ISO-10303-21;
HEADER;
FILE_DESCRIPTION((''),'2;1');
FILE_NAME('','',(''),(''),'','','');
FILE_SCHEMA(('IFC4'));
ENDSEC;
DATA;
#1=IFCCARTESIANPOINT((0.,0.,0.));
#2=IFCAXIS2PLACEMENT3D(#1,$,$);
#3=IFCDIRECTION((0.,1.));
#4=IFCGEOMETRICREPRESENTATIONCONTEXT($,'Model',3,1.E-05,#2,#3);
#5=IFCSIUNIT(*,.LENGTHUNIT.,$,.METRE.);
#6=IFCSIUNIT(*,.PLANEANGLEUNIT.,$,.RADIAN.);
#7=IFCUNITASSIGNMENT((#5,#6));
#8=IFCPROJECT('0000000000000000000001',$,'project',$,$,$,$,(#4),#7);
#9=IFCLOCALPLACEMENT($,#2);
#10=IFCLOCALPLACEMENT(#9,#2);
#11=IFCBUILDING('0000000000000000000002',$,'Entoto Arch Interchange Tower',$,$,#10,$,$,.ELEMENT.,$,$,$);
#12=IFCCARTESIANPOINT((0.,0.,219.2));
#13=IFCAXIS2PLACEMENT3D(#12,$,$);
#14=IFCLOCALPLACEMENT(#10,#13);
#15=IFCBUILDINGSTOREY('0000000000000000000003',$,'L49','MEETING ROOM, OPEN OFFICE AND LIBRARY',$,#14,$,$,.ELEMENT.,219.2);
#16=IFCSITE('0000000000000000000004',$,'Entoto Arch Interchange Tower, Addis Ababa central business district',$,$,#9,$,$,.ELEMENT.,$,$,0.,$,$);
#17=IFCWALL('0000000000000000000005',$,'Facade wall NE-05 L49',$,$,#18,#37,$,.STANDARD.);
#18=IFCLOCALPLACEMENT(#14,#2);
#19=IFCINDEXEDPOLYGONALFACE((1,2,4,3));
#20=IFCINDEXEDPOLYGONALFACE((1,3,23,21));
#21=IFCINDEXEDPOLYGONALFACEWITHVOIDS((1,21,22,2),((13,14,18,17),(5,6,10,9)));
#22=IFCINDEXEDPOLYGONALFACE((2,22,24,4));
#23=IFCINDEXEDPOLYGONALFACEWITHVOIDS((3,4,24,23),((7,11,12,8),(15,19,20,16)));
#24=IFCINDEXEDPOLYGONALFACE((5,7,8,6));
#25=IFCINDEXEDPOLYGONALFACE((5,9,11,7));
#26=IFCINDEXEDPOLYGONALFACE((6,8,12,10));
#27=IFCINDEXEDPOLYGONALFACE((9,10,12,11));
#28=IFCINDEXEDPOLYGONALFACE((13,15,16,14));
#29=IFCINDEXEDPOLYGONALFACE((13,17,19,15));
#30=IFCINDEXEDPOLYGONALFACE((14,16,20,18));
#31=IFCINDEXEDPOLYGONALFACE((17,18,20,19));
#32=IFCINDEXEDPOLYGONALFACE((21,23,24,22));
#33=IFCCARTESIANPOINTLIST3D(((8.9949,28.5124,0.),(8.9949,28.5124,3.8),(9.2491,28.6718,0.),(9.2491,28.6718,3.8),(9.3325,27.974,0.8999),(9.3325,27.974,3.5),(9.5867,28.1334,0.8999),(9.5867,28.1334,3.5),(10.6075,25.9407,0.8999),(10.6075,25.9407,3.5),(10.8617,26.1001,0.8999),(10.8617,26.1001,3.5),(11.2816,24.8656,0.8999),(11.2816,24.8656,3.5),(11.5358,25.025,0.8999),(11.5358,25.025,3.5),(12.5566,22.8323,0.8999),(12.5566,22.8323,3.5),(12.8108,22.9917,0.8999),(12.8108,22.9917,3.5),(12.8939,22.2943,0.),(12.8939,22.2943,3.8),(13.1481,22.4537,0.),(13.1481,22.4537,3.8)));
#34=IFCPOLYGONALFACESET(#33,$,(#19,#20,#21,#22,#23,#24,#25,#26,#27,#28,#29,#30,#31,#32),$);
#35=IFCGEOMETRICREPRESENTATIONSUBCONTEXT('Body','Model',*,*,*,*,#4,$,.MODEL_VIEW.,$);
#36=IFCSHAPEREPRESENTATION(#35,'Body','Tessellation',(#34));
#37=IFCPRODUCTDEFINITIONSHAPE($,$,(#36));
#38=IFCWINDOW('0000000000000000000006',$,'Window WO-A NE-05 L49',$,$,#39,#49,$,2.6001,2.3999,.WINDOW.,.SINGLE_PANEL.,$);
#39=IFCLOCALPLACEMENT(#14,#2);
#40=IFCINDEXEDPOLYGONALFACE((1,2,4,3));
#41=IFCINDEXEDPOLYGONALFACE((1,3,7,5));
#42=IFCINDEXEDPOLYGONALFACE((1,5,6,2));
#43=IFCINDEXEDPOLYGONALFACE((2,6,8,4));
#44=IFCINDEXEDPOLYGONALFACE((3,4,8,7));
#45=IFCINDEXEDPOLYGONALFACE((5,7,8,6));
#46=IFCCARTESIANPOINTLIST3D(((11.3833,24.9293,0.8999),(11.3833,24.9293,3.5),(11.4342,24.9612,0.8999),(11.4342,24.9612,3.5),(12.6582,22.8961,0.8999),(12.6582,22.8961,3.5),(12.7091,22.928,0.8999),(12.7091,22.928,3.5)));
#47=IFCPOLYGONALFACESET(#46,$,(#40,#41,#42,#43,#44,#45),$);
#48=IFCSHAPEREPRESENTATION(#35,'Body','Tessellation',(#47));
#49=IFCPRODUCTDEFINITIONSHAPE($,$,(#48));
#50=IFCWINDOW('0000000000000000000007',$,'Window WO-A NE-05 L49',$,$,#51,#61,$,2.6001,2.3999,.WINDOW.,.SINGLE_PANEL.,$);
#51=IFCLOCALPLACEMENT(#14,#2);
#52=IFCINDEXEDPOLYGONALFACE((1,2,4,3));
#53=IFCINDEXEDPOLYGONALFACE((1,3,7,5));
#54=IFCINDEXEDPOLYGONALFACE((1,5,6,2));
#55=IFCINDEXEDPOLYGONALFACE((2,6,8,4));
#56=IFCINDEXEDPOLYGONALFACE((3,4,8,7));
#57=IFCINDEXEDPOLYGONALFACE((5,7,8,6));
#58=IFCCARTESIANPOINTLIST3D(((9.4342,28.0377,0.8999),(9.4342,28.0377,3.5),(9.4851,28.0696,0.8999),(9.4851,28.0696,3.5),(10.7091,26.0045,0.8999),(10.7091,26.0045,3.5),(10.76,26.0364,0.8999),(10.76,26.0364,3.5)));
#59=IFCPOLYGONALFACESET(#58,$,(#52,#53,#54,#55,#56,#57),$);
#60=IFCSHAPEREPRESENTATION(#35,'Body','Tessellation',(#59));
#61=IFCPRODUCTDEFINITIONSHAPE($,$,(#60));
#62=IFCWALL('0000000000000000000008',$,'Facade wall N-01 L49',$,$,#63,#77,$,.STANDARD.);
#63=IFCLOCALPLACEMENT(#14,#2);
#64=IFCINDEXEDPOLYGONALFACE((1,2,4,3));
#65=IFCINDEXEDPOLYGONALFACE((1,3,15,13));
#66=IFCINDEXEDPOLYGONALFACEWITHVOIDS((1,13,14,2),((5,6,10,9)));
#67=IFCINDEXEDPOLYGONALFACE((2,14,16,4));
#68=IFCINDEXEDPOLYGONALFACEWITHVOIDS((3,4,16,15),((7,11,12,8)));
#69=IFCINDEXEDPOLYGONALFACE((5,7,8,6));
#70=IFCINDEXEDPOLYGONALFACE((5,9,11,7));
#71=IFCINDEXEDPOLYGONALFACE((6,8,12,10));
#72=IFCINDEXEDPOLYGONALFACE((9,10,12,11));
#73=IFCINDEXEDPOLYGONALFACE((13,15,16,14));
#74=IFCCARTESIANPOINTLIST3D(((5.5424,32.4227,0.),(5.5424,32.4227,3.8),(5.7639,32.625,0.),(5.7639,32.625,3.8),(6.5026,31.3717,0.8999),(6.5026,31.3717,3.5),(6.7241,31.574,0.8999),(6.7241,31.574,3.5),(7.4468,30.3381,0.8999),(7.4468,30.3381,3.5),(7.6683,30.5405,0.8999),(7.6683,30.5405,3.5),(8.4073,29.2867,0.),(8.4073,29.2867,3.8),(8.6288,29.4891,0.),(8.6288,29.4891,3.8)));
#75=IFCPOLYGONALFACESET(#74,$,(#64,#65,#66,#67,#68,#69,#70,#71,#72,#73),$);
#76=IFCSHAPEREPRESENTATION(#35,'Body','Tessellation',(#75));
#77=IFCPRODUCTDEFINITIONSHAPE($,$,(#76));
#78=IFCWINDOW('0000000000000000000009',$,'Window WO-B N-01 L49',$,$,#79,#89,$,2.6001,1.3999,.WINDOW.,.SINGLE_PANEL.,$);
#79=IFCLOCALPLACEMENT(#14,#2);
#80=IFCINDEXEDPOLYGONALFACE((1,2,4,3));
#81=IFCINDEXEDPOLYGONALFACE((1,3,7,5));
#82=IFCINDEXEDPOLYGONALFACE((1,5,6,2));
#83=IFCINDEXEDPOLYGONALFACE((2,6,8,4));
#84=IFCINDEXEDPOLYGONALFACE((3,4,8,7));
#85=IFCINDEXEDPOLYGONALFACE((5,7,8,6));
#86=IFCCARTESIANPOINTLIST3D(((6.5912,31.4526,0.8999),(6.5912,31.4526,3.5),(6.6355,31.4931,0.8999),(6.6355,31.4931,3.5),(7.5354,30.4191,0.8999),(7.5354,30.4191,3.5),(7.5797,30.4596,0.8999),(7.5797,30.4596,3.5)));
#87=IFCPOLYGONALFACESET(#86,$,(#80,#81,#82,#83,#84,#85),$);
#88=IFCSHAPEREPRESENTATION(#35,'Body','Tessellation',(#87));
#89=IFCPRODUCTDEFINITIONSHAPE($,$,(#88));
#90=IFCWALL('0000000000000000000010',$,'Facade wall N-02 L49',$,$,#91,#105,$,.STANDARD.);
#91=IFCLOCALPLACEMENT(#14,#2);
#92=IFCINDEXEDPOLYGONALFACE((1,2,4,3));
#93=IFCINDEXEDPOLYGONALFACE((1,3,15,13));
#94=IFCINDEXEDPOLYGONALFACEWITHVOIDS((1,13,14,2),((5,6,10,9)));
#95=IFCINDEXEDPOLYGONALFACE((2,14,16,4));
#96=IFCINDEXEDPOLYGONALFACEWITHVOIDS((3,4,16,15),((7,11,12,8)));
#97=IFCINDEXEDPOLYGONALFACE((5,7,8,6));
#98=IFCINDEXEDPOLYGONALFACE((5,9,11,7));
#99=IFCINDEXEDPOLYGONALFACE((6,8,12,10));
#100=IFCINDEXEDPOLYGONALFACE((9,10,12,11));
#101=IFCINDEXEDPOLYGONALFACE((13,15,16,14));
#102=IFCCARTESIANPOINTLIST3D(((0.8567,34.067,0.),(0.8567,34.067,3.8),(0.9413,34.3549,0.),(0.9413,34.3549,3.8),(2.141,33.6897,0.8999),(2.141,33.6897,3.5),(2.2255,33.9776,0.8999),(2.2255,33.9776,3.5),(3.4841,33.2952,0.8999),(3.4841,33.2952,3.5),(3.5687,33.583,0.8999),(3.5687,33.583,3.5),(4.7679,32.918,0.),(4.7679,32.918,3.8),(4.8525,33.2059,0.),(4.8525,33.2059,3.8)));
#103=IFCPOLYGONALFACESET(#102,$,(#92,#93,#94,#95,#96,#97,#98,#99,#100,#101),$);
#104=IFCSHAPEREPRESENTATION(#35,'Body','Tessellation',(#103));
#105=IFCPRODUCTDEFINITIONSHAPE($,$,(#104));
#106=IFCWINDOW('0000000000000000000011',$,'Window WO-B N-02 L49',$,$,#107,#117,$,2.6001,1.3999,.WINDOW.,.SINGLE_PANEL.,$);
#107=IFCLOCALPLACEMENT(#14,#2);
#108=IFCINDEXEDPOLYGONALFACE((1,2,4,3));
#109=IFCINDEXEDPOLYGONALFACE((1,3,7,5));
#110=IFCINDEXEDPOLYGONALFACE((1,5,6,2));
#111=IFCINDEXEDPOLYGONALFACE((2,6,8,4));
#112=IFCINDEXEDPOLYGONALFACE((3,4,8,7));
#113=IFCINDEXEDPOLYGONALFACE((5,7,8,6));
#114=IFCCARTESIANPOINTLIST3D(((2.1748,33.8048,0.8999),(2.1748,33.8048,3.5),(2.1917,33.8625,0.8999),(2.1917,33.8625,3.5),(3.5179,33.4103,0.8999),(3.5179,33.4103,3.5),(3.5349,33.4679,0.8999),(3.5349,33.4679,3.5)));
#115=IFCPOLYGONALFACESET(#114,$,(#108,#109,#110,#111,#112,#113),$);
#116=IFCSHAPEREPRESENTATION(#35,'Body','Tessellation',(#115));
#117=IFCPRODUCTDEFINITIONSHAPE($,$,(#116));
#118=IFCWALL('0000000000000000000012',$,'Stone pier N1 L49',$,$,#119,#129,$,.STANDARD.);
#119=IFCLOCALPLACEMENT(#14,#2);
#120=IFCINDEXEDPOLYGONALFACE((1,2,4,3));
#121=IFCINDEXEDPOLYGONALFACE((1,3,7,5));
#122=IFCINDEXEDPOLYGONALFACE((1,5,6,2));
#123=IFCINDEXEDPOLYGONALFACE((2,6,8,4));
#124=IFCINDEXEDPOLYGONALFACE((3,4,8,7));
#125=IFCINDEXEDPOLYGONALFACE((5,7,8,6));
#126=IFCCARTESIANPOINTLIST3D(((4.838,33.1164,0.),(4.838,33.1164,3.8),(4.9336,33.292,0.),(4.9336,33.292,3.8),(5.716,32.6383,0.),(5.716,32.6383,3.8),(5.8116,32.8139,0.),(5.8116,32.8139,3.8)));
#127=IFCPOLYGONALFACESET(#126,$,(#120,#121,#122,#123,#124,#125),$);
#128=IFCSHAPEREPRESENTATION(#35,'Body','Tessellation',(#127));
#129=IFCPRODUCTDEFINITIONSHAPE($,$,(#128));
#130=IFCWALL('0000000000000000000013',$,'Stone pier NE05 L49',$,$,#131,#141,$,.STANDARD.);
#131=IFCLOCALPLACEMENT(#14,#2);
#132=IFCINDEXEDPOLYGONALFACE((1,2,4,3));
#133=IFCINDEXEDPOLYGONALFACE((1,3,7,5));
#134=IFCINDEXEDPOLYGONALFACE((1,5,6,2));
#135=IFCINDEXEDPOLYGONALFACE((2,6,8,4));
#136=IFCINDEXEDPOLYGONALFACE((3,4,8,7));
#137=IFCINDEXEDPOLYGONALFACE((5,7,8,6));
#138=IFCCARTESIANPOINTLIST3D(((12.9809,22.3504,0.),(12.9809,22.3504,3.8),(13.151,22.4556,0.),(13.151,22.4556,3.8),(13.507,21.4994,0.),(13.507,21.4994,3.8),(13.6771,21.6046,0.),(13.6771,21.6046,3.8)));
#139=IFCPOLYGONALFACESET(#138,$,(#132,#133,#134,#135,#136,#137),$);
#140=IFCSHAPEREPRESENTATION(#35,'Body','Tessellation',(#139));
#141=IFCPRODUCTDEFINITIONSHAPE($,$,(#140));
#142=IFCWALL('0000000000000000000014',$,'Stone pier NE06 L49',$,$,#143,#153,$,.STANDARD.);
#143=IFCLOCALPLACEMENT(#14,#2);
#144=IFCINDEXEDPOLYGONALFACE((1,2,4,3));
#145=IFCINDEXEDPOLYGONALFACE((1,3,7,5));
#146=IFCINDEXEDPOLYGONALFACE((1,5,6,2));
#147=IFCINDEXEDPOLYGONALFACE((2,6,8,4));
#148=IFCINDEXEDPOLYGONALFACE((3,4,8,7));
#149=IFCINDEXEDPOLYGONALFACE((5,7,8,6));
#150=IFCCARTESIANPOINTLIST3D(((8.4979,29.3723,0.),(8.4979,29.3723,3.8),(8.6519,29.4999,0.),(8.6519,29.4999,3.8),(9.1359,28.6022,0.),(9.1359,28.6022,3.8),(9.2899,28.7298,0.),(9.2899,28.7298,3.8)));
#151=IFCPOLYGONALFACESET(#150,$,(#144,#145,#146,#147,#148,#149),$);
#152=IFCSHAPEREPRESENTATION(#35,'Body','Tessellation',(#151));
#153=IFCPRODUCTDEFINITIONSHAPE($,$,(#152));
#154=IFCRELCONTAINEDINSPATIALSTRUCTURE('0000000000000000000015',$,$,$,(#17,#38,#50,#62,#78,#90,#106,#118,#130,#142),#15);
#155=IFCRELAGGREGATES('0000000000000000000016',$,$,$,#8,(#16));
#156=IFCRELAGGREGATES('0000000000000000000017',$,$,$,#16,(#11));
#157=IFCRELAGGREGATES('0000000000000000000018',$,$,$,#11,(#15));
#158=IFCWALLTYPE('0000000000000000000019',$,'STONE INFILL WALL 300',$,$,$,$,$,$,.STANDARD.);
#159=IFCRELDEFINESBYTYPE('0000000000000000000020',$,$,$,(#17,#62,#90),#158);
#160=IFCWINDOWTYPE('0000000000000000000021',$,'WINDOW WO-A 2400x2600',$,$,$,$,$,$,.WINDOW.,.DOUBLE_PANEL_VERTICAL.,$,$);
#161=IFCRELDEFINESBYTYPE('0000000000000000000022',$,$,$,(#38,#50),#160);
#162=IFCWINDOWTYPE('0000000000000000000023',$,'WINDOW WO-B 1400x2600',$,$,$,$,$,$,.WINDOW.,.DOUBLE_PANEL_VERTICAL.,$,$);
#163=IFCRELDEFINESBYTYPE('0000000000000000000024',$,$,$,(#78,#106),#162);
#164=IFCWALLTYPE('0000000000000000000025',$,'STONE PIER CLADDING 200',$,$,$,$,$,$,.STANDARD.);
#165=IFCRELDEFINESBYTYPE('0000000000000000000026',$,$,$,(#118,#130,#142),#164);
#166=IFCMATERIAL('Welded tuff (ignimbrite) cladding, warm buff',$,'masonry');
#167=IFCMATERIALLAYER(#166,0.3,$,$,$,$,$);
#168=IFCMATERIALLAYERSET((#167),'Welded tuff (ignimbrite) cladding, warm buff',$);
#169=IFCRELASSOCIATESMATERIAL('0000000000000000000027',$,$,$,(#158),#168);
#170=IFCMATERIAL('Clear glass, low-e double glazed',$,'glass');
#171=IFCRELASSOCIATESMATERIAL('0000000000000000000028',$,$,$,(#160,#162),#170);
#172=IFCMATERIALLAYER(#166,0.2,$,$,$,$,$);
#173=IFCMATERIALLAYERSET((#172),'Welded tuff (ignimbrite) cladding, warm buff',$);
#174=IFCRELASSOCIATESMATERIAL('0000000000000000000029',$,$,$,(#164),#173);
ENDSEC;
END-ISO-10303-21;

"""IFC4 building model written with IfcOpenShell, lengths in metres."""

from ifc_helpers import new_model, si_unit, direction, frame, frame_2d, origin, place, context, subcontext, project, spatial, rectangle, extrude, material, layer, layer_set, type_object, element, fill, save


model = new_model("IFC4")

# Units and contexts
model_context = context("Model", 3, precision=1e-05, world=origin(), true_north=direction((0.0, 1.0)))
body_context = subcontext(model_context, "Body", "Model", "MODEL_VIEW")
ifc_project = project(units=[si_unit("LENGTHUNIT", "METRE"), si_unit("PLANEANGLEUNIT", "RADIAN")], contexts=[model_context])

# Site, building, storey
site_placement = place(None, origin())
site = spatial("IfcSite", under=ifc_project, at=site_placement, Name="Entoto Arch Interchange Tower, Addis Ababa central business district", CompositionType="ELEMENT", RefElevation=0.0)
building_placement = place(site_placement, origin())
building = spatial("IfcBuilding", under=site, at=building_placement, Name="Entoto Arch Interchange Tower", CompositionType="ELEMENT")
storey_placement = place(building_placement, frame((0.0, 0.0, 219.2)))
storey = spatial("IfcBuildingStorey", under=building, at=storey_placement, Name="L49", Description="MEETING ROOM, OPEN OFFICE AND LIBRARY", CompositionType="ELEMENT", Elevation=219.2)

# Wall, openings, windows
ifc_material_1 = material(Name="Welded tuff (ignimbrite) cladding, warm buff", Category="masonry")
ifc_layer_1 = layer(ifc_material_1, 0.3)
ifc_layer_set_1 = layer_set([ifc_layer_1], Name="Welded tuff (ignimbrite) cladding, warm buff")
wall_type_1 = type_object("IfcWallType", Name="STONE INFILL WALL 300", PredefinedType="STANDARD", material=ifc_layer_set_1)
ifc_material_2 = material(Name="Clear glass, low-e double glazed", Category="glass")
window_type_1 = type_object("IfcWindowType", Name="WINDOW WO-A 2400x2600", PartitioningType="DOUBLE_PANEL_VERTICAL", PredefinedType="WINDOW", material=ifc_material_2)
wall_1_placement = place(storey_placement, frame((13.021, 22.374, 0.0), z_axis=(0.0, 0.0, 1.0), x_axis=(-0.531239, 0.847222, 0.0)))
wall_1 = element("IfcWall", 1, at=wall_1_placement, inside=storey, type_object=wall_type_1, Name="Facade wall NE-05 L49", PredefinedType="STANDARD", context=body_context, shape_type="SweptSolid", body=[
    extrude(rectangle(XDim=7.3394, YDim=0.3, at=frame_2d((3.6697, 0.0))), origin(), (0.0, 0.0, 1.0), 3.8),
])
opening_1_placement = place(wall_1_placement, frame((0.635, 0.0, 0.8999)))
opening_1 = element("IfcOpeningElement", 2, at=opening_1_placement, cuts=wall_1, PredefinedType="OPENING", context=body_context, shape_type="SweptSolid", body=[
    extrude(rectangle(XDim=2.3999, YDim=2.6001, at=frame_2d((1.2, 1.3))), frame((0.0, 0.1602, 0.0), z_axis=(0.0, -1.0, 0.0), x_axis=(1.0, 0.0, 0.0)), (0.0, 0.0, 1.0), 0.3201),
])
opening_2_placement = place(wall_1_placement, frame((4.304, 0.0, 0.8999)))
opening_2 = element("IfcOpeningElement", 3, at=opening_2_placement, cuts=wall_1, PredefinedType="OPENING", context=body_context, shape_type="SweptSolid", body=[
    extrude(rectangle(XDim=2.3999, YDim=2.6001, at=frame_2d((1.2, 1.3))), frame((0.0, 0.1602, 0.0), z_axis=(0.0, -1.0, 0.0), x_axis=(1.0, 0.0, 0.0)), (0.0, 0.0, 1.0), 0.3201),
])
window_1_placement = place(opening_1_placement, origin())
window_1 = element("IfcWindow", 4, at=window_1_placement, inside=storey, type_object=window_type_1, Name="Window WO-A NE-05 L49", OverallHeight=2.6001, OverallWidth=2.3999, PartitioningType="SINGLE_PANEL", PredefinedType="WINDOW", context=body_context, shape_type="SweptSolid", body=[
    extrude(rectangle(XDim=2.3999, YDim=2.6001, at=frame_2d((1.2, 1.3))), frame((0.0, 0.03, 0.0), z_axis=(0.0, -1.0, 0.0), x_axis=(1.0, 0.0, 0.0)), (0.0, 0.0, 1.0), 0.0601),
])
fill(opening_1, window_1)
window_2_placement = place(opening_2_placement, origin())
window_2 = element("IfcWindow", 5, at=window_2_placement, inside=storey, type_object=window_type_1, Name="Window WO-A NE-05 L49", OverallHeight=2.6001, OverallWidth=2.3999, PartitioningType="SINGLE_PANEL", PredefinedType="WINDOW", context=body_context, shape_type="SweptSolid", body=[
    extrude(rectangle(XDim=2.3999, YDim=2.6001, at=frame_2d((1.2, 1.3))), frame((0.0, 0.03, 0.0), z_axis=(0.0, -1.0, 0.0), x_axis=(1.0, 0.0, 0.0)), (0.0, 0.0, 1.0), 0.0601),
])
fill(opening_2, window_2)

# Walls, openings, windows
wall_2_placement = place(storey_placement, frame((8.5181, 29.3879, 0.0), z_axis=(0.0, 0.0, 1.0), x_axis=(-0.674487, 0.738286, 0.0)))
wall_2 = element("IfcWall", 6, at=wall_2_placement, inside=storey, type_object=wall_type_1, Name="Facade wall N-01 L49", PredefinedType="STANDARD", context=body_context, shape_type="SweptSolid", body=[
    extrude(rectangle(XDim=4.2476, YDim=0.3, at=frame_2d((2.1238, 0.0))), origin(), (0.0, 0.0, 1.0), 3.8),
])
opening_3_placement = place(wall_2_placement, frame((1.4241, 0.0, 0.8999)))
opening_3 = element("IfcOpeningElement", 7, at=opening_3_placement, cuts=wall_2, PredefinedType="OPENING", context=body_context, shape_type="SweptSolid", body=[
    extrude(rectangle(XDim=1.3999, YDim=2.6001, at=frame_2d((0.7, 1.3))), frame((0.0, 0.1602, 0.0), z_axis=(0.0, -1.0, 0.0), x_axis=(1.0, 0.0, 0.0)), (0.0, 0.0, 1.0), 0.3201),
])
window_type_2 = type_object("IfcWindowType", Name="WINDOW WO-B 1400x2600", PartitioningType="DOUBLE_PANEL_VERTICAL", PredefinedType="WINDOW", material=ifc_material_2)
window_3_placement = place(opening_3_placement, origin())
window_3 = element("IfcWindow", 8, at=window_3_placement, inside=storey, type_object=window_type_2, Name="Window WO-B N-01 L49", OverallHeight=2.6001, OverallWidth=1.3999, PartitioningType="SINGLE_PANEL", PredefinedType="WINDOW", context=body_context, shape_type="SweptSolid", body=[
    extrude(rectangle(XDim=1.3999, YDim=2.6001, at=frame_2d((0.7, 1.3))), frame((0.0, 0.03, 0.0), z_axis=(0.0, -1.0, 0.0), x_axis=(1.0, 0.0, 0.0)), (0.0, 0.0, 1.0), 0.0601),
])
fill(opening_3, window_3)
wall_3_placement = place(storey_placement, frame((4.8101, 33.062, 0.0), z_axis=(0.0, 0.0, 1.0), x_axis=(-0.959459, 0.281849, 0.0)))
wall_3 = element("IfcWall", 9, at=wall_3_placement, inside=storey, type_object=wall_type_1, Name="Facade wall N-02 L49", PredefinedType="STANDARD", context=body_context, shape_type="SweptSolid", body=[
    extrude(rectangle(XDim=4.0764, YDim=0.3, at=frame_2d((2.0381, 0.0))), origin(), (0.0, 0.0, 1.0), 3.8),
])
opening_4_placement = place(wall_3_placement, frame((1.3379, 0.0, 0.8999)))
opening_4 = element("IfcOpeningElement", 10, at=opening_4_placement, cuts=wall_3, PredefinedType="OPENING", context=body_context, shape_type="SweptSolid", body=[
    extrude(rectangle(XDim=1.3999, YDim=2.6001, at=frame_2d((0.7, 1.3))), frame((0.0, 0.1602, 0.0), z_axis=(0.0, -1.0, 0.0), x_axis=(1.0, 0.0, 0.0)), (0.0, 0.0, 1.0), 0.3201),
])
window_4_placement = place(opening_4_placement, origin())
window_4 = element("IfcWindow", 11, at=window_4_placement, inside=storey, type_object=window_type_2, Name="Window WO-B N-02 L49", OverallHeight=2.6001, OverallWidth=1.3999, PartitioningType="SINGLE_PANEL", PredefinedType="WINDOW", context=body_context, shape_type="SweptSolid", body=[
    extrude(rectangle(XDim=1.3999, YDim=2.6001, at=frame_2d((0.7, 1.3))), frame((0.0, 0.03, 0.0), z_axis=(0.0, -1.0, 0.0), x_axis=(1.0, 0.0, 0.0)), (0.0, 0.0, 1.0), 0.0601),
])
fill(opening_4, window_4)

# Walls
ifc_layer_2 = layer(ifc_material_1, 0.2)
ifc_layer_set_2 = layer_set([ifc_layer_2], Name="Welded tuff (ignimbrite) cladding, warm buff")
wall_type_2 = type_object("IfcWallType", Name="STONE PIER CLADDING 200", PredefinedType="STANDARD", material=ifc_layer_set_2)
wall_4_placement = place(storey_placement, frame((5.7639, 32.7261, 0.0), z_axis=(0.0, 0.0, 1.0), x_axis=(-0.87825, 0.478202, 0.0)))
element("IfcWall", 12, at=wall_4_placement, inside=storey, type_object=wall_type_2, Name="Stone pier N1 L49", PredefinedType="STANDARD", context=body_context, shape_type="SweptSolid", body=[
    extrude(rectangle(XDim=0.9998, YDim=0.2, at=frame_2d((0.5, 0.0))), origin(), (0.0, 0.0, 1.0), 3.8),
])
wall_5_placement = place(storey_placement, frame((13.592, 21.552, 0.0), z_axis=(0.0, 0.0, 1.0), x_axis=(-0.525825, 0.850593, 0.0)))
element("IfcWall", 13, at=wall_5_placement, inside=storey, type_object=wall_type_2, Name="Stone pier NE05 L49", PredefinedType="STANDARD", context=body_context, shape_type="SweptSolid", body=[
    extrude(rectangle(XDim=1.0005, YDim=0.2, at=frame_2d((0.5002, 0.0))), origin(), (0.0, 0.0, 1.0), 3.8),
])
wall_6_placement = place(storey_placement, frame((9.2129, 28.666, 0.0), z_axis=(0.0, 0.0, 1.0), x_axis=(-0.637972, 0.770059, 0.0)))
element("IfcWall", 14, at=wall_6_placement, inside=storey, type_object=wall_type_2, Name="Stone pier NE06 L49", PredefinedType="STANDARD", context=body_context, shape_type="SweptSolid", body=[
    extrude(rectangle(XDim=1.0, YDim=0.2, at=frame_2d((0.5, 0.0))), origin(), (0.0, 0.0, 1.0), 3.8),
])

save(model, "model.ifc")
